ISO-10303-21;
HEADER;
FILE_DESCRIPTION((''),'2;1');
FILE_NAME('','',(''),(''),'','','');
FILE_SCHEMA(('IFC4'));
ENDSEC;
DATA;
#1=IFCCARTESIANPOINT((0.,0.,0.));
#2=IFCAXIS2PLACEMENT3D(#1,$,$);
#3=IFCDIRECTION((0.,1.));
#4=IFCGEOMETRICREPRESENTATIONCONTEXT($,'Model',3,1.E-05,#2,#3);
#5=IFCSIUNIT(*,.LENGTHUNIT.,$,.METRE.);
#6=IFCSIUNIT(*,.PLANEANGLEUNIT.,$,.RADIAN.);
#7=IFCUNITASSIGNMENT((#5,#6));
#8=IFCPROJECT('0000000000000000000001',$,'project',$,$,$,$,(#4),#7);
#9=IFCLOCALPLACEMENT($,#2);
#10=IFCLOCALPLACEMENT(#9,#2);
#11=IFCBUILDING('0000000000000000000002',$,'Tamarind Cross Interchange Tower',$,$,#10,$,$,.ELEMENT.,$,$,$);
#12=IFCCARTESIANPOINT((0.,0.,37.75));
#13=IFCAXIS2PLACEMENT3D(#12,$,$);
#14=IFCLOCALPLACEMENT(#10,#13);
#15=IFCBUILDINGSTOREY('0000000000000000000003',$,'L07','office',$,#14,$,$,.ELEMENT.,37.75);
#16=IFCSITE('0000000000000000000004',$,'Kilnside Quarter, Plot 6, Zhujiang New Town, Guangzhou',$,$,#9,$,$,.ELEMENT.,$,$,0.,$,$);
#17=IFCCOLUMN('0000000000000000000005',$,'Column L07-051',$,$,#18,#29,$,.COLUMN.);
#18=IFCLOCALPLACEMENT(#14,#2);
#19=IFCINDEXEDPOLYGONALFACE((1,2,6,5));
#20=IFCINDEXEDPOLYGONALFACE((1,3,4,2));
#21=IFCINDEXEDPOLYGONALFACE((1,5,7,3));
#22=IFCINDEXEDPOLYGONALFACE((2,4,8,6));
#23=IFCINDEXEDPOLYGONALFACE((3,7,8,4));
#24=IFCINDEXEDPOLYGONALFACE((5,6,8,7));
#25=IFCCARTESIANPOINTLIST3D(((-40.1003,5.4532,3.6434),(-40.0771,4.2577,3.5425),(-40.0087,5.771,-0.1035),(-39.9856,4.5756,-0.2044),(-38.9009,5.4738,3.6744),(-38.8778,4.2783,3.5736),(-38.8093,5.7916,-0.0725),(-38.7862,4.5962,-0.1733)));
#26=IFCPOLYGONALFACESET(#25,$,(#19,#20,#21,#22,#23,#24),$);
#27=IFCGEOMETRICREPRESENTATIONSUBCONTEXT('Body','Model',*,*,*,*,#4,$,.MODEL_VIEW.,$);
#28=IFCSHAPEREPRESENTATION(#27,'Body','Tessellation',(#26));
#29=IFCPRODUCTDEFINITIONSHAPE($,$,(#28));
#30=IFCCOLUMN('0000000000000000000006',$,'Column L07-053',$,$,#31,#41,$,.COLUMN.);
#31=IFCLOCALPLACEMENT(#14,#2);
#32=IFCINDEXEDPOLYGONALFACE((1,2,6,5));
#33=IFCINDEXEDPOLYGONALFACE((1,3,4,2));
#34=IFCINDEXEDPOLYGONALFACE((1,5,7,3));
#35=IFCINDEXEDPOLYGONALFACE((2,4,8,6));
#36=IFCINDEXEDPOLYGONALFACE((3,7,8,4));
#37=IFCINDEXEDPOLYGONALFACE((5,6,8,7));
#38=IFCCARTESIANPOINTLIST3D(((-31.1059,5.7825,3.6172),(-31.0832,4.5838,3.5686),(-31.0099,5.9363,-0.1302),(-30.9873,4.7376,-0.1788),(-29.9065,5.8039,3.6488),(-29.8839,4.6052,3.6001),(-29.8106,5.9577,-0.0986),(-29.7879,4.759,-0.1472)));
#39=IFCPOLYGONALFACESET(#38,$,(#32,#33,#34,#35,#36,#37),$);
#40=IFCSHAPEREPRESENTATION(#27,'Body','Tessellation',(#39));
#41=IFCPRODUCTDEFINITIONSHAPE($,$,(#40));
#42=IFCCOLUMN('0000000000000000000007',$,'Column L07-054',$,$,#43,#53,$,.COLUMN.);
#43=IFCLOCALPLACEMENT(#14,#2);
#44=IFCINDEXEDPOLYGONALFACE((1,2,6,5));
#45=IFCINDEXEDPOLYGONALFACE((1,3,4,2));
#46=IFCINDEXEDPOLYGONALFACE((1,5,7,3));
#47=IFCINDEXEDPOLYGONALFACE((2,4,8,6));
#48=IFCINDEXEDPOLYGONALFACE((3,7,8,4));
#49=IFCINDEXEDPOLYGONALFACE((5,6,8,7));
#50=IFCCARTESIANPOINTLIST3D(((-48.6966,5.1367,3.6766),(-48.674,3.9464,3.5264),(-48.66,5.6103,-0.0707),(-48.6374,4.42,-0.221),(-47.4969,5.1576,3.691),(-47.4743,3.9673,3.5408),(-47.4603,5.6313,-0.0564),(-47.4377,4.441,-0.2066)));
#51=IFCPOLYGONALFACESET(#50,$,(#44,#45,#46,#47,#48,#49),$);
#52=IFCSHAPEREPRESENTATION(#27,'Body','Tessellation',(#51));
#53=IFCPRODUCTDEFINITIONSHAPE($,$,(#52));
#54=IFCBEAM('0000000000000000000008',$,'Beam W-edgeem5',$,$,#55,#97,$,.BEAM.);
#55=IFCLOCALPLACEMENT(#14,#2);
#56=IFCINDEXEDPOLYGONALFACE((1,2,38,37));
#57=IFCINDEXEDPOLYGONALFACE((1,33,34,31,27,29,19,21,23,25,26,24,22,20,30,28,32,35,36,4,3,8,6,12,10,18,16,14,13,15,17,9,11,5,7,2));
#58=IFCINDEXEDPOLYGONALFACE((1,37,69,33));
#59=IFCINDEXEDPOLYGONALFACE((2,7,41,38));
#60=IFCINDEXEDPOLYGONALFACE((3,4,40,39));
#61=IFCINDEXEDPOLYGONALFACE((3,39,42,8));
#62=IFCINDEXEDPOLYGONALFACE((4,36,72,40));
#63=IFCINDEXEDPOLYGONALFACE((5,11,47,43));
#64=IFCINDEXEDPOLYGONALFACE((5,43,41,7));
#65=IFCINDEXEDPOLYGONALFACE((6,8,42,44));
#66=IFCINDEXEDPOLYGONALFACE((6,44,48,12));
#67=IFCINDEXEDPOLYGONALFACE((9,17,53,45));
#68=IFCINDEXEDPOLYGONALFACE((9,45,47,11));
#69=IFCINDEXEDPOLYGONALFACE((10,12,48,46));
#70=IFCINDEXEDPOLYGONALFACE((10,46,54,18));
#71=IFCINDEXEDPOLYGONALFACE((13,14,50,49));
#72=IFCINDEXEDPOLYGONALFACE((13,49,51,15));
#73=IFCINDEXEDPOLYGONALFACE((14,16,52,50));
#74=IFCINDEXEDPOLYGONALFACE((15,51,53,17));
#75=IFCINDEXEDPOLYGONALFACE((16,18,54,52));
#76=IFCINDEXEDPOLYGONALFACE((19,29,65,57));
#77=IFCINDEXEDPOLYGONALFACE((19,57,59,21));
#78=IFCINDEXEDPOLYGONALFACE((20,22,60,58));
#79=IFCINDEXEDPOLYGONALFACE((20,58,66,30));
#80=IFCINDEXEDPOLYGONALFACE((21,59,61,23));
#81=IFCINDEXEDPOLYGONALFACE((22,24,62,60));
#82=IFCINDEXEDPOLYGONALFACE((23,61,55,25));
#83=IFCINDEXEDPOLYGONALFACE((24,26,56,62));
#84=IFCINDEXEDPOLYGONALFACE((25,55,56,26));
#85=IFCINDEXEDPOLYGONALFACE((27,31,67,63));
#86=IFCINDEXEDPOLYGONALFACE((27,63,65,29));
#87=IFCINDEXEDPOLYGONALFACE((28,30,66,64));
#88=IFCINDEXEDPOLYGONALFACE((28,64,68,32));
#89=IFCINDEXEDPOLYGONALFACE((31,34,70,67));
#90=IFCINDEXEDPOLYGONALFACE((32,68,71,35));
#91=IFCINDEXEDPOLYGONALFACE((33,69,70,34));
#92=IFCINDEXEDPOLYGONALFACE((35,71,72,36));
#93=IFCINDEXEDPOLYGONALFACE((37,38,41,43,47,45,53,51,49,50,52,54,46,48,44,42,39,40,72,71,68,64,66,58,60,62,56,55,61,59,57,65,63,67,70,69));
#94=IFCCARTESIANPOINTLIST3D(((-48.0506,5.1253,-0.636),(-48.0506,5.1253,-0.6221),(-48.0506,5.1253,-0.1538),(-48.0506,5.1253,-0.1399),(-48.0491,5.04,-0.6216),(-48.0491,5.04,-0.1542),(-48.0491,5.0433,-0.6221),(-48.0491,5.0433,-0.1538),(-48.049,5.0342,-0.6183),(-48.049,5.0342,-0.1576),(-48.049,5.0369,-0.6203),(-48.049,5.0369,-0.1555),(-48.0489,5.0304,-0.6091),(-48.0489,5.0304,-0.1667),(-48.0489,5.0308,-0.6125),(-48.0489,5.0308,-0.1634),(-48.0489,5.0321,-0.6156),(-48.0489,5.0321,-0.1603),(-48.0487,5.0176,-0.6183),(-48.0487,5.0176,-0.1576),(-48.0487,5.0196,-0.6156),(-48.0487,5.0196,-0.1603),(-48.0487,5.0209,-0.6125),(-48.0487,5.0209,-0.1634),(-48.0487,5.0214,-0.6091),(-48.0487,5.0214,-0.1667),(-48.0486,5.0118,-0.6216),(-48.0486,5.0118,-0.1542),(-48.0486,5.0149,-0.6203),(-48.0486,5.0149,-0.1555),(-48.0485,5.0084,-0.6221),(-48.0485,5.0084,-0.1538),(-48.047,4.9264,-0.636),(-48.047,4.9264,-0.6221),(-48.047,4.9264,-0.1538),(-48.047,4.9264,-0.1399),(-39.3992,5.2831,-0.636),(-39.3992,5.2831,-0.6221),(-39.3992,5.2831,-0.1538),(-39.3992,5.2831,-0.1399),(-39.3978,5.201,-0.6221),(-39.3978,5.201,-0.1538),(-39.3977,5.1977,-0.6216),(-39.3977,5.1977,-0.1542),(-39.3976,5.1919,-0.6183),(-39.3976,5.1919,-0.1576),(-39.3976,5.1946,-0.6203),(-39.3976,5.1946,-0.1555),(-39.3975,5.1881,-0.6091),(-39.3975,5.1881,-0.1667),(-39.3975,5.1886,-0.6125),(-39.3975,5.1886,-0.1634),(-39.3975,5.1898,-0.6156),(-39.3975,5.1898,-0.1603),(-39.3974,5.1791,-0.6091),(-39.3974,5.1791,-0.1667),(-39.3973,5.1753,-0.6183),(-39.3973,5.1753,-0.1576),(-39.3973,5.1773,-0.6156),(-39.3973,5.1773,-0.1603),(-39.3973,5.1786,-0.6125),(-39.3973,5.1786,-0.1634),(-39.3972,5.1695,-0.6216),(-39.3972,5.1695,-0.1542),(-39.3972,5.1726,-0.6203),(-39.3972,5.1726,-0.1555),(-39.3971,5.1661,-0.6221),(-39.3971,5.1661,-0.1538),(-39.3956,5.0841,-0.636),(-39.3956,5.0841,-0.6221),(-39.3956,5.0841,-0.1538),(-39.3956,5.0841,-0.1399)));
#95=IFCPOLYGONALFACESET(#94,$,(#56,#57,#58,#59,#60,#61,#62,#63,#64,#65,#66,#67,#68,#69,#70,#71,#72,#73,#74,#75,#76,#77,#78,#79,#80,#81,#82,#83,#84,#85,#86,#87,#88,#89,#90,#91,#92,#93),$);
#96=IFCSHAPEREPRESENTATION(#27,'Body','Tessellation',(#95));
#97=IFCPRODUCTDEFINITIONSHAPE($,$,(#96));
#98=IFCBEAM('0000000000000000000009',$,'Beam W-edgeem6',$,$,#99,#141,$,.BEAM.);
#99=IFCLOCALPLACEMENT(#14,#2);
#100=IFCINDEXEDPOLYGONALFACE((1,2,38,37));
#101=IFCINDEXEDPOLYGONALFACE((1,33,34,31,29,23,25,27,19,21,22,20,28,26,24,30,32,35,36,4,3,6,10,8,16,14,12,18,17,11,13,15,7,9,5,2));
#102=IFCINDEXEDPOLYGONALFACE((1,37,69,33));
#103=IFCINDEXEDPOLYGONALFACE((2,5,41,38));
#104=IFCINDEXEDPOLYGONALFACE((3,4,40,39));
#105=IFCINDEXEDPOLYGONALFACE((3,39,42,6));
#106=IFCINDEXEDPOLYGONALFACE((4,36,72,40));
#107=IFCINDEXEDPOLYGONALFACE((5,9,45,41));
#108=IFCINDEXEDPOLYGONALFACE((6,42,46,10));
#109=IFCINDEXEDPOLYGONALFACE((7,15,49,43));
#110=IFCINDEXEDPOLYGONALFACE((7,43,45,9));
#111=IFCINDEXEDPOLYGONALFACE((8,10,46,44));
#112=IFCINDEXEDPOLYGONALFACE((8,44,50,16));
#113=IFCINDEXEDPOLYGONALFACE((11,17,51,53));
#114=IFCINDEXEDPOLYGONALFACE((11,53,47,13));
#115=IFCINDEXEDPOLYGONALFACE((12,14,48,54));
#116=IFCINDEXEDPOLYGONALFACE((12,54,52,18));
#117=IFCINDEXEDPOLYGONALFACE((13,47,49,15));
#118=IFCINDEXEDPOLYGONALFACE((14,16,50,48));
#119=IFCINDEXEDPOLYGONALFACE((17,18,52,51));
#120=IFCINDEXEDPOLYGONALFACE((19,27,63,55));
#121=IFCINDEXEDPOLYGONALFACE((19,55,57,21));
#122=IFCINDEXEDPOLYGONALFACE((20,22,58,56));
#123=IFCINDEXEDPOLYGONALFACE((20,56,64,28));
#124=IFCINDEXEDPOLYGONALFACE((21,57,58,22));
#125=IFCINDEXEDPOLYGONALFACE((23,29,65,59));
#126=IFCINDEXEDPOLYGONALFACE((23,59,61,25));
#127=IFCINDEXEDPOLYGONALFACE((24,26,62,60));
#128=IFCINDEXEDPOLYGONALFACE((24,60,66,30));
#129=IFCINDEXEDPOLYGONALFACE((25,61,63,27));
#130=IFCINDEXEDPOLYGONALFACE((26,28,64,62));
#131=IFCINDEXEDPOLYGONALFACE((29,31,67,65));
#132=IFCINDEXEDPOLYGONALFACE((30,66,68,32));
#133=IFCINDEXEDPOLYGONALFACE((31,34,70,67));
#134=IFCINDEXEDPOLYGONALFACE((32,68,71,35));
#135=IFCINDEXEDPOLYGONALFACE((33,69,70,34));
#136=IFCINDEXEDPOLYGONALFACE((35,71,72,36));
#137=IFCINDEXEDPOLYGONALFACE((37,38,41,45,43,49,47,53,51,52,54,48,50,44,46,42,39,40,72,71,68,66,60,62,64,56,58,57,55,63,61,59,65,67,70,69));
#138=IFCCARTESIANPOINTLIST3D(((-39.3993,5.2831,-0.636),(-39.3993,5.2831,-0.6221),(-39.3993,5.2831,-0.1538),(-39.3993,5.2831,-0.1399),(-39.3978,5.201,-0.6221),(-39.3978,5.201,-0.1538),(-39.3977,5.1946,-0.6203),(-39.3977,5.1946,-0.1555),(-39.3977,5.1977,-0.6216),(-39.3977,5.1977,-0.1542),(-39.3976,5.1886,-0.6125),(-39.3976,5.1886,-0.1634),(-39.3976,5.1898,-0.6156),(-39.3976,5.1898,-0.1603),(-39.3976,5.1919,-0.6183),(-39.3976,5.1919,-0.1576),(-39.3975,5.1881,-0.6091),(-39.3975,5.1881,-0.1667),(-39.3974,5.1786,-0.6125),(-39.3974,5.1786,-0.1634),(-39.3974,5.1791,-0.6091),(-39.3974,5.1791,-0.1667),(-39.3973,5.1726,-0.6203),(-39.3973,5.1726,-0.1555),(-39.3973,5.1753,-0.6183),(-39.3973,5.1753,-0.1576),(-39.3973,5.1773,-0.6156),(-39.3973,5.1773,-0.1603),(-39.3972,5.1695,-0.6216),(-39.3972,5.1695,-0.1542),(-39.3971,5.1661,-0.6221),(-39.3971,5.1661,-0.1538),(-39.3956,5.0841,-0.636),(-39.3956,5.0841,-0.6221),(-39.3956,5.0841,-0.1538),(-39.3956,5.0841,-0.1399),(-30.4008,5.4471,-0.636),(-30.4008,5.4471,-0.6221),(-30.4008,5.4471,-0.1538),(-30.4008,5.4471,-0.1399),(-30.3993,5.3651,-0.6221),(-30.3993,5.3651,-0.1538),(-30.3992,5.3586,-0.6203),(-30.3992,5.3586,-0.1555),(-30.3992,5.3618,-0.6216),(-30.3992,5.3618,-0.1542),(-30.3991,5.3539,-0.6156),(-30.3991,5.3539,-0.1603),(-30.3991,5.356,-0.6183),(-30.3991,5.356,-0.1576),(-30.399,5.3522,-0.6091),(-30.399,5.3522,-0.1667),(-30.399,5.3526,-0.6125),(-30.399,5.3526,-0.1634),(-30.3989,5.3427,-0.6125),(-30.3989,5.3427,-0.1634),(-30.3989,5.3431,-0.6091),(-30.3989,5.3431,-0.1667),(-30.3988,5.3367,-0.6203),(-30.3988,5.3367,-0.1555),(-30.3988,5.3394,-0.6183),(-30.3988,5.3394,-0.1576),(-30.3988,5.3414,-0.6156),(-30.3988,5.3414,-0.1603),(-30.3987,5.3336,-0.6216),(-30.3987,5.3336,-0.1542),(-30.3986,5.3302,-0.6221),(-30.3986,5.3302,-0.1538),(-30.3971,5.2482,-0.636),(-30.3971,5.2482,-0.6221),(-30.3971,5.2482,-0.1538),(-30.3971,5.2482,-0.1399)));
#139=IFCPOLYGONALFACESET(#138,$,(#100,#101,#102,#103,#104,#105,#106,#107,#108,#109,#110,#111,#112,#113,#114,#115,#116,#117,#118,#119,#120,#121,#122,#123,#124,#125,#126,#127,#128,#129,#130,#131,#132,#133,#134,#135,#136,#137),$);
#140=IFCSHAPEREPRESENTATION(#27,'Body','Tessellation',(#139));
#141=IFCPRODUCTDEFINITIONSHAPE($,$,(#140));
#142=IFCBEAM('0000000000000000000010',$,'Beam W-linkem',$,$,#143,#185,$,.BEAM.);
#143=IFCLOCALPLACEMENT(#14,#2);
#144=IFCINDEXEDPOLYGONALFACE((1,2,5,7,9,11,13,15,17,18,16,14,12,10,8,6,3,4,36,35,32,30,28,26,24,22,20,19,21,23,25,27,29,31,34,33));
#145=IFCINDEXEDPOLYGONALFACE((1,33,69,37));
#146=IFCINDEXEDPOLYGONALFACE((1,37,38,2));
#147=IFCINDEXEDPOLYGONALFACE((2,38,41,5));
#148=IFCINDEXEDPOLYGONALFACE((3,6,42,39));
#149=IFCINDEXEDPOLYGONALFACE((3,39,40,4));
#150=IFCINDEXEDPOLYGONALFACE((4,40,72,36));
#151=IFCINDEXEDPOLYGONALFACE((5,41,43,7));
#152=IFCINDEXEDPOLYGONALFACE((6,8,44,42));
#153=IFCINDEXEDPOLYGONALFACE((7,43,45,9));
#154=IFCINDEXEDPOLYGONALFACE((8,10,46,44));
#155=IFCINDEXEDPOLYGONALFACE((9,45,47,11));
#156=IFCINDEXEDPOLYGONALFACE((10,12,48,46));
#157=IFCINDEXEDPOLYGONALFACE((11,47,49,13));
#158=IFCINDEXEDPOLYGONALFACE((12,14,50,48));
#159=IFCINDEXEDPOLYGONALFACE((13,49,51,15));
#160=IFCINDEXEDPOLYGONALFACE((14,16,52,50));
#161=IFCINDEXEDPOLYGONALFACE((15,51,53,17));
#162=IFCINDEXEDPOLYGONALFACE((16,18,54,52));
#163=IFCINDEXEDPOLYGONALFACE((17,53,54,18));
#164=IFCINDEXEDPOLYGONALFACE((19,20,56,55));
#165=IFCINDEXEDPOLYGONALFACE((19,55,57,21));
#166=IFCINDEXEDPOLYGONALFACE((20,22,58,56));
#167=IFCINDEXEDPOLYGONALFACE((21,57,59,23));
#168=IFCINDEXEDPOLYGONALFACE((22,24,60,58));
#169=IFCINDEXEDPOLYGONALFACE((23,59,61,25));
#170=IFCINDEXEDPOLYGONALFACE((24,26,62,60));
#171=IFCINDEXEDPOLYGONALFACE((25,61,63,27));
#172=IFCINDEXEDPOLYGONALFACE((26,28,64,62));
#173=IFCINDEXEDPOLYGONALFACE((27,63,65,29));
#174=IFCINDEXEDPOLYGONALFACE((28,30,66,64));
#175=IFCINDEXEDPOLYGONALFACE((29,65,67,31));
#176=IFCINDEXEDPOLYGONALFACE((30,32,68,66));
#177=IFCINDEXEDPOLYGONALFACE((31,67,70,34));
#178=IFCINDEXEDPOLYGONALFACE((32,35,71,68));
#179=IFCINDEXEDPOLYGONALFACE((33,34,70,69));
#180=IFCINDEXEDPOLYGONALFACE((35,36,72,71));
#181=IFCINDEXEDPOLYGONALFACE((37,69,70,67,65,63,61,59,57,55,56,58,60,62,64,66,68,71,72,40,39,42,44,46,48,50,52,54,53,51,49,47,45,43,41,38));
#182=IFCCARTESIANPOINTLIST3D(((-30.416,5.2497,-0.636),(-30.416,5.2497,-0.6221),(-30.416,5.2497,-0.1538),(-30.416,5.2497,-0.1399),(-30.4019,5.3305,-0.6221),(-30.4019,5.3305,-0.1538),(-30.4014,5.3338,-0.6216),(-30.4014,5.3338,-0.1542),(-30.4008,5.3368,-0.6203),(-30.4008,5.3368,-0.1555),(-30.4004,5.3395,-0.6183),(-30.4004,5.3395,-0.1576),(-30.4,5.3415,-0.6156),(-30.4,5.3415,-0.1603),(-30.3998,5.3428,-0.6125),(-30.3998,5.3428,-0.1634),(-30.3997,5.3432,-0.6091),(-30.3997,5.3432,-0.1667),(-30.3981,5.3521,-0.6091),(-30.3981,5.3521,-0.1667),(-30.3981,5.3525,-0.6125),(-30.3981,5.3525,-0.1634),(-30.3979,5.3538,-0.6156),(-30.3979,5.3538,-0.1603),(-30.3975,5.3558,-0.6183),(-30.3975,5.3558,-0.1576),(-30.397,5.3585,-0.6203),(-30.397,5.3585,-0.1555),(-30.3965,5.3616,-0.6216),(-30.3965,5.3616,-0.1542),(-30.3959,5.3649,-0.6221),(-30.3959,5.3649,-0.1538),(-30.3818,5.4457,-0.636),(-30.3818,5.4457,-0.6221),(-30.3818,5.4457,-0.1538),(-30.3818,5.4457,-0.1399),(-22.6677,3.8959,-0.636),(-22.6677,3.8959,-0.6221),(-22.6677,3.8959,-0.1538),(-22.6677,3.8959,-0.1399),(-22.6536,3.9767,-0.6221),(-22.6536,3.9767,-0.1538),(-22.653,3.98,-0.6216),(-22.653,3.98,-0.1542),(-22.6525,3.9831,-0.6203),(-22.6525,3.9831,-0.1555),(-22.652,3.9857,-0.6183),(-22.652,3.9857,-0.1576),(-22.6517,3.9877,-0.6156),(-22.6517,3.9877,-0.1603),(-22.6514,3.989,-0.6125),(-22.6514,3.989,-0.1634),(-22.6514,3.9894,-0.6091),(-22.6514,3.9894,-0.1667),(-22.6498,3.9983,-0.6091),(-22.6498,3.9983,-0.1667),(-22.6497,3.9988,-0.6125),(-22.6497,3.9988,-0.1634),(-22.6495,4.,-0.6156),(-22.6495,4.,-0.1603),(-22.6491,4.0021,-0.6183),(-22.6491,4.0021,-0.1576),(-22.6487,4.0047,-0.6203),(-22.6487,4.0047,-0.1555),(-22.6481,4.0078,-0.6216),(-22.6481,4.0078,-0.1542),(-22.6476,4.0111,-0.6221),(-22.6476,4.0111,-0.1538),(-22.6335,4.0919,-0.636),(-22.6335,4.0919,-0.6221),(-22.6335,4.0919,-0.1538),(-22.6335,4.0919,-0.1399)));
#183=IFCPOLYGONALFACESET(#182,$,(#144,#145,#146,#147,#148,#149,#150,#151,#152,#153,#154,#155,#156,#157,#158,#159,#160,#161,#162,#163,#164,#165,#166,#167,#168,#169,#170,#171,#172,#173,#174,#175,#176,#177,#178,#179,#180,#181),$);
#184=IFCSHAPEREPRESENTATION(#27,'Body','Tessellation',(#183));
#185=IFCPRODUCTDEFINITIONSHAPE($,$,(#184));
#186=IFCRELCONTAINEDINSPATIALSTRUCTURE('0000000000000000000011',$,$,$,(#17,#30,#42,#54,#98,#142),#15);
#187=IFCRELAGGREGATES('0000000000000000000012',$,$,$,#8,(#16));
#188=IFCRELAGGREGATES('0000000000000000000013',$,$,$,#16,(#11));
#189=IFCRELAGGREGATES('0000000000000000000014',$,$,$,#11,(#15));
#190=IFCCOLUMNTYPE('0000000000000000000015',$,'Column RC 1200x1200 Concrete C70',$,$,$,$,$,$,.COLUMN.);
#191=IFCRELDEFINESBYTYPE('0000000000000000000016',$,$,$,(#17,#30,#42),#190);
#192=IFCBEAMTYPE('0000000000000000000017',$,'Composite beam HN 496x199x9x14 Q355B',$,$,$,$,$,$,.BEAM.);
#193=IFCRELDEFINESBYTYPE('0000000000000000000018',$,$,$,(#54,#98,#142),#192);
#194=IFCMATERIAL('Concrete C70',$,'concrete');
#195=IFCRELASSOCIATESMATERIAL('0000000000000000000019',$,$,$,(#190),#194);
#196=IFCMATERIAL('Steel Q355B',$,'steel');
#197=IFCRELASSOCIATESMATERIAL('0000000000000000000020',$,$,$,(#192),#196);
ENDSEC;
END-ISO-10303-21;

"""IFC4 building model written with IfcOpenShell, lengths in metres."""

from ifc_helpers import new_model, si_unit, direction, frame, origin, origin_2d, place, context, subcontext, project, spatial, rectangle, i_section, extrude, material, material_profile, profile_set, type_object, element, save


model = new_model("IFC4")

# Units and contexts
model_context = context("Model", 3, precision=1e-05, world=origin(), true_north=direction((0.0, 1.0)))
body_context = subcontext(model_context, "Body", "Model", "MODEL_VIEW")
ifc_project = project(units=[si_unit("LENGTHUNIT", "METRE"), si_unit("PLANEANGLEUNIT", "RADIAN")], contexts=[model_context])

# Site, building, storey
site_placement = place(None, origin())
site = spatial("IfcSite", under=ifc_project, at=site_placement, Name="Kilnside Quarter, Plot 6, Zhujiang New Town, Guangzhou", CompositionType="ELEMENT", RefElevation=0.0)
building_placement = place(site_placement, origin())
building = spatial("IfcBuilding", under=site, at=building_placement, Name="Tamarind Cross Interchange Tower", CompositionType="ELEMENT")
storey_placement = place(building_placement, frame((0.0, 0.0, 37.75)))
storey = spatial("IfcBuildingStorey", under=building, at=storey_placement, Name="L07", Description="office", CompositionType="ELEMENT", Elevation=37.75)

# Columns
ifc_material_1 = material(Name="Concrete C70", Category="concrete")
ifc_material_profile_1 = material_profile(ifc_material_1, rectangle(XDim=1.2, YDim=1.2, at=origin_2d()), Name="RC 1200x1200")
ifc_profile_set_1 = profile_set([ifc_material_profile_1], Name="Concrete C70")
column_type = type_object("IfcColumnType", Name="Column RC 1200x1200 Concrete C70", PredefinedType="COLUMN", material=ifc_profile_set_1)
column_1_placement = place(storey_placement, frame((-39.3975, 5.1836, -0.1384), z_axis=(-0.02434, -0.084509, 0.996125), x_axis=(0.999518, 0.017171, 0.02588)))
element("IfcColumn", 1, at=column_1_placement, inside=storey, type_object=column_type, Name="Column L07-051", PredefinedType="COLUMN", context=body_context, shape_type="SweptSolid", body=[
    extrude(rectangle(XDim=1.2, YDim=1.2, at=origin_2d()), origin(), (0.0, 0.0, 1.0), 3.7615),
])
column_2_placement = place(storey_placement, frame((-30.3989, 5.3477, -0.1387), z_axis=(-0.025574, -0.040997, 0.998832), x_axis=(0.999495, 0.017816, 0.026323)))
element("IfcColumn", 2, at=column_2_placement, inside=storey, type_object=column_type, Name="Column L07-053", PredefinedType="COLUMN", context=body_context, shape_type="SweptSolid", body=[
    extrude(rectangle(XDim=1.2, YDim=1.2, at=origin_2d()), origin(), (0.0, 0.0, 1.0), 3.7517),
])
column_3_placement = place(storey_placement, frame((-48.0488, 5.0256, -0.1387), z_axis=(-0.009695, -0.125389, 0.99206), x_axis=(0.999776, 0.017448, 0.011976)))
element("IfcColumn", 3, at=column_3_placement, inside=storey, type_object=column_type, Name="Column L07-054", PredefinedType="COLUMN", context=body_context, shape_type="SweptSolid", body=[
    extrude(rectangle(XDim=1.2, YDim=1.2, at=origin_2d()), origin(), (0.0, 0.0, 1.0), 3.7773),
])

# Beams
ifc_material_2 = material(Name="Steel Q355B", Category="steel")
ifc_material_profile_2 = material_profile(ifc_material_2, i_section(OverallWidth=0.199, OverallDepth=0.4961, WebThickness=0.009, FlangeThickness=0.0139, FilletRadius=0.0129, at=origin_2d()), Name="HN 496x199x9x14")
ifc_profile_set_2 = profile_set([ifc_material_profile_2], Name="Steel Q355B")
beam_type_1 = type_object("IfcBeamType", Name="Composite beam HN 496x199x9x14 Q355B", PredefinedType="BEAM", material=ifc_profile_set_2)
beam_1_placement = place(storey_placement, frame((-48.0488, 5.0259, -0.3879), z_axis=(0.999834, 0.018227, 0.0), x_axis=(-0.018227, 0.999834, 0.0)))
element("IfcBeam", 4, at=beam_1_placement, inside=storey, type_object=beam_type_1, Name="Beam W-edgeem5", PredefinedType="BEAM", context=body_context, shape_type="SweptSolid", body=[
    extrude(i_section(OverallWidth=0.199, OverallDepth=0.4961, WebThickness=0.009, FlangeThickness=0.0139, FilletRadius=0.0129, at=origin_2d()), origin(), (0.0, 0.0, 1.0), 8.6528),
])
beam_2_placement = place(storey_placement, frame((-39.3975, 5.1836, -0.3879), z_axis=(0.999834, 0.018229, 0.0), x_axis=(-0.018229, 0.999834, 0.0)))
element("IfcBeam", 5, at=beam_2_placement, inside=storey, type_object=beam_type_1, Name="Beam W-edgeem6", PredefinedType="BEAM", context=body_context, shape_type="SweptSolid", body=[
    extrude(i_section(OverallWidth=0.199, OverallDepth=0.4961, WebThickness=0.009, FlangeThickness=0.0139, FilletRadius=0.0129, at=origin_2d()), origin(), (0.0, 0.0, 1.0), 9.0),
])
beam_3_placement = place(storey_placement, frame((-30.3989, 5.3477, -0.3879), z_axis=(0.985078, -0.17211, 0.0), x_axis=(0.17211, 0.985078, 0.0)))
element("IfcBeam", 6, at=beam_3_placement, inside=storey, type_object=beam_type_1, Name="Beam W-linkem", PredefinedType="BEAM", context=body_context, shape_type="SweptSolid", body=[
    extrude(i_section(OverallWidth=0.199, OverallDepth=0.4961, WebThickness=0.009, FlangeThickness=0.0139, FilletRadius=0.0129, at=origin_2d()), origin(), (0.0, 0.0, 1.0), 7.8657),
])

save(model, "model.ifc")
